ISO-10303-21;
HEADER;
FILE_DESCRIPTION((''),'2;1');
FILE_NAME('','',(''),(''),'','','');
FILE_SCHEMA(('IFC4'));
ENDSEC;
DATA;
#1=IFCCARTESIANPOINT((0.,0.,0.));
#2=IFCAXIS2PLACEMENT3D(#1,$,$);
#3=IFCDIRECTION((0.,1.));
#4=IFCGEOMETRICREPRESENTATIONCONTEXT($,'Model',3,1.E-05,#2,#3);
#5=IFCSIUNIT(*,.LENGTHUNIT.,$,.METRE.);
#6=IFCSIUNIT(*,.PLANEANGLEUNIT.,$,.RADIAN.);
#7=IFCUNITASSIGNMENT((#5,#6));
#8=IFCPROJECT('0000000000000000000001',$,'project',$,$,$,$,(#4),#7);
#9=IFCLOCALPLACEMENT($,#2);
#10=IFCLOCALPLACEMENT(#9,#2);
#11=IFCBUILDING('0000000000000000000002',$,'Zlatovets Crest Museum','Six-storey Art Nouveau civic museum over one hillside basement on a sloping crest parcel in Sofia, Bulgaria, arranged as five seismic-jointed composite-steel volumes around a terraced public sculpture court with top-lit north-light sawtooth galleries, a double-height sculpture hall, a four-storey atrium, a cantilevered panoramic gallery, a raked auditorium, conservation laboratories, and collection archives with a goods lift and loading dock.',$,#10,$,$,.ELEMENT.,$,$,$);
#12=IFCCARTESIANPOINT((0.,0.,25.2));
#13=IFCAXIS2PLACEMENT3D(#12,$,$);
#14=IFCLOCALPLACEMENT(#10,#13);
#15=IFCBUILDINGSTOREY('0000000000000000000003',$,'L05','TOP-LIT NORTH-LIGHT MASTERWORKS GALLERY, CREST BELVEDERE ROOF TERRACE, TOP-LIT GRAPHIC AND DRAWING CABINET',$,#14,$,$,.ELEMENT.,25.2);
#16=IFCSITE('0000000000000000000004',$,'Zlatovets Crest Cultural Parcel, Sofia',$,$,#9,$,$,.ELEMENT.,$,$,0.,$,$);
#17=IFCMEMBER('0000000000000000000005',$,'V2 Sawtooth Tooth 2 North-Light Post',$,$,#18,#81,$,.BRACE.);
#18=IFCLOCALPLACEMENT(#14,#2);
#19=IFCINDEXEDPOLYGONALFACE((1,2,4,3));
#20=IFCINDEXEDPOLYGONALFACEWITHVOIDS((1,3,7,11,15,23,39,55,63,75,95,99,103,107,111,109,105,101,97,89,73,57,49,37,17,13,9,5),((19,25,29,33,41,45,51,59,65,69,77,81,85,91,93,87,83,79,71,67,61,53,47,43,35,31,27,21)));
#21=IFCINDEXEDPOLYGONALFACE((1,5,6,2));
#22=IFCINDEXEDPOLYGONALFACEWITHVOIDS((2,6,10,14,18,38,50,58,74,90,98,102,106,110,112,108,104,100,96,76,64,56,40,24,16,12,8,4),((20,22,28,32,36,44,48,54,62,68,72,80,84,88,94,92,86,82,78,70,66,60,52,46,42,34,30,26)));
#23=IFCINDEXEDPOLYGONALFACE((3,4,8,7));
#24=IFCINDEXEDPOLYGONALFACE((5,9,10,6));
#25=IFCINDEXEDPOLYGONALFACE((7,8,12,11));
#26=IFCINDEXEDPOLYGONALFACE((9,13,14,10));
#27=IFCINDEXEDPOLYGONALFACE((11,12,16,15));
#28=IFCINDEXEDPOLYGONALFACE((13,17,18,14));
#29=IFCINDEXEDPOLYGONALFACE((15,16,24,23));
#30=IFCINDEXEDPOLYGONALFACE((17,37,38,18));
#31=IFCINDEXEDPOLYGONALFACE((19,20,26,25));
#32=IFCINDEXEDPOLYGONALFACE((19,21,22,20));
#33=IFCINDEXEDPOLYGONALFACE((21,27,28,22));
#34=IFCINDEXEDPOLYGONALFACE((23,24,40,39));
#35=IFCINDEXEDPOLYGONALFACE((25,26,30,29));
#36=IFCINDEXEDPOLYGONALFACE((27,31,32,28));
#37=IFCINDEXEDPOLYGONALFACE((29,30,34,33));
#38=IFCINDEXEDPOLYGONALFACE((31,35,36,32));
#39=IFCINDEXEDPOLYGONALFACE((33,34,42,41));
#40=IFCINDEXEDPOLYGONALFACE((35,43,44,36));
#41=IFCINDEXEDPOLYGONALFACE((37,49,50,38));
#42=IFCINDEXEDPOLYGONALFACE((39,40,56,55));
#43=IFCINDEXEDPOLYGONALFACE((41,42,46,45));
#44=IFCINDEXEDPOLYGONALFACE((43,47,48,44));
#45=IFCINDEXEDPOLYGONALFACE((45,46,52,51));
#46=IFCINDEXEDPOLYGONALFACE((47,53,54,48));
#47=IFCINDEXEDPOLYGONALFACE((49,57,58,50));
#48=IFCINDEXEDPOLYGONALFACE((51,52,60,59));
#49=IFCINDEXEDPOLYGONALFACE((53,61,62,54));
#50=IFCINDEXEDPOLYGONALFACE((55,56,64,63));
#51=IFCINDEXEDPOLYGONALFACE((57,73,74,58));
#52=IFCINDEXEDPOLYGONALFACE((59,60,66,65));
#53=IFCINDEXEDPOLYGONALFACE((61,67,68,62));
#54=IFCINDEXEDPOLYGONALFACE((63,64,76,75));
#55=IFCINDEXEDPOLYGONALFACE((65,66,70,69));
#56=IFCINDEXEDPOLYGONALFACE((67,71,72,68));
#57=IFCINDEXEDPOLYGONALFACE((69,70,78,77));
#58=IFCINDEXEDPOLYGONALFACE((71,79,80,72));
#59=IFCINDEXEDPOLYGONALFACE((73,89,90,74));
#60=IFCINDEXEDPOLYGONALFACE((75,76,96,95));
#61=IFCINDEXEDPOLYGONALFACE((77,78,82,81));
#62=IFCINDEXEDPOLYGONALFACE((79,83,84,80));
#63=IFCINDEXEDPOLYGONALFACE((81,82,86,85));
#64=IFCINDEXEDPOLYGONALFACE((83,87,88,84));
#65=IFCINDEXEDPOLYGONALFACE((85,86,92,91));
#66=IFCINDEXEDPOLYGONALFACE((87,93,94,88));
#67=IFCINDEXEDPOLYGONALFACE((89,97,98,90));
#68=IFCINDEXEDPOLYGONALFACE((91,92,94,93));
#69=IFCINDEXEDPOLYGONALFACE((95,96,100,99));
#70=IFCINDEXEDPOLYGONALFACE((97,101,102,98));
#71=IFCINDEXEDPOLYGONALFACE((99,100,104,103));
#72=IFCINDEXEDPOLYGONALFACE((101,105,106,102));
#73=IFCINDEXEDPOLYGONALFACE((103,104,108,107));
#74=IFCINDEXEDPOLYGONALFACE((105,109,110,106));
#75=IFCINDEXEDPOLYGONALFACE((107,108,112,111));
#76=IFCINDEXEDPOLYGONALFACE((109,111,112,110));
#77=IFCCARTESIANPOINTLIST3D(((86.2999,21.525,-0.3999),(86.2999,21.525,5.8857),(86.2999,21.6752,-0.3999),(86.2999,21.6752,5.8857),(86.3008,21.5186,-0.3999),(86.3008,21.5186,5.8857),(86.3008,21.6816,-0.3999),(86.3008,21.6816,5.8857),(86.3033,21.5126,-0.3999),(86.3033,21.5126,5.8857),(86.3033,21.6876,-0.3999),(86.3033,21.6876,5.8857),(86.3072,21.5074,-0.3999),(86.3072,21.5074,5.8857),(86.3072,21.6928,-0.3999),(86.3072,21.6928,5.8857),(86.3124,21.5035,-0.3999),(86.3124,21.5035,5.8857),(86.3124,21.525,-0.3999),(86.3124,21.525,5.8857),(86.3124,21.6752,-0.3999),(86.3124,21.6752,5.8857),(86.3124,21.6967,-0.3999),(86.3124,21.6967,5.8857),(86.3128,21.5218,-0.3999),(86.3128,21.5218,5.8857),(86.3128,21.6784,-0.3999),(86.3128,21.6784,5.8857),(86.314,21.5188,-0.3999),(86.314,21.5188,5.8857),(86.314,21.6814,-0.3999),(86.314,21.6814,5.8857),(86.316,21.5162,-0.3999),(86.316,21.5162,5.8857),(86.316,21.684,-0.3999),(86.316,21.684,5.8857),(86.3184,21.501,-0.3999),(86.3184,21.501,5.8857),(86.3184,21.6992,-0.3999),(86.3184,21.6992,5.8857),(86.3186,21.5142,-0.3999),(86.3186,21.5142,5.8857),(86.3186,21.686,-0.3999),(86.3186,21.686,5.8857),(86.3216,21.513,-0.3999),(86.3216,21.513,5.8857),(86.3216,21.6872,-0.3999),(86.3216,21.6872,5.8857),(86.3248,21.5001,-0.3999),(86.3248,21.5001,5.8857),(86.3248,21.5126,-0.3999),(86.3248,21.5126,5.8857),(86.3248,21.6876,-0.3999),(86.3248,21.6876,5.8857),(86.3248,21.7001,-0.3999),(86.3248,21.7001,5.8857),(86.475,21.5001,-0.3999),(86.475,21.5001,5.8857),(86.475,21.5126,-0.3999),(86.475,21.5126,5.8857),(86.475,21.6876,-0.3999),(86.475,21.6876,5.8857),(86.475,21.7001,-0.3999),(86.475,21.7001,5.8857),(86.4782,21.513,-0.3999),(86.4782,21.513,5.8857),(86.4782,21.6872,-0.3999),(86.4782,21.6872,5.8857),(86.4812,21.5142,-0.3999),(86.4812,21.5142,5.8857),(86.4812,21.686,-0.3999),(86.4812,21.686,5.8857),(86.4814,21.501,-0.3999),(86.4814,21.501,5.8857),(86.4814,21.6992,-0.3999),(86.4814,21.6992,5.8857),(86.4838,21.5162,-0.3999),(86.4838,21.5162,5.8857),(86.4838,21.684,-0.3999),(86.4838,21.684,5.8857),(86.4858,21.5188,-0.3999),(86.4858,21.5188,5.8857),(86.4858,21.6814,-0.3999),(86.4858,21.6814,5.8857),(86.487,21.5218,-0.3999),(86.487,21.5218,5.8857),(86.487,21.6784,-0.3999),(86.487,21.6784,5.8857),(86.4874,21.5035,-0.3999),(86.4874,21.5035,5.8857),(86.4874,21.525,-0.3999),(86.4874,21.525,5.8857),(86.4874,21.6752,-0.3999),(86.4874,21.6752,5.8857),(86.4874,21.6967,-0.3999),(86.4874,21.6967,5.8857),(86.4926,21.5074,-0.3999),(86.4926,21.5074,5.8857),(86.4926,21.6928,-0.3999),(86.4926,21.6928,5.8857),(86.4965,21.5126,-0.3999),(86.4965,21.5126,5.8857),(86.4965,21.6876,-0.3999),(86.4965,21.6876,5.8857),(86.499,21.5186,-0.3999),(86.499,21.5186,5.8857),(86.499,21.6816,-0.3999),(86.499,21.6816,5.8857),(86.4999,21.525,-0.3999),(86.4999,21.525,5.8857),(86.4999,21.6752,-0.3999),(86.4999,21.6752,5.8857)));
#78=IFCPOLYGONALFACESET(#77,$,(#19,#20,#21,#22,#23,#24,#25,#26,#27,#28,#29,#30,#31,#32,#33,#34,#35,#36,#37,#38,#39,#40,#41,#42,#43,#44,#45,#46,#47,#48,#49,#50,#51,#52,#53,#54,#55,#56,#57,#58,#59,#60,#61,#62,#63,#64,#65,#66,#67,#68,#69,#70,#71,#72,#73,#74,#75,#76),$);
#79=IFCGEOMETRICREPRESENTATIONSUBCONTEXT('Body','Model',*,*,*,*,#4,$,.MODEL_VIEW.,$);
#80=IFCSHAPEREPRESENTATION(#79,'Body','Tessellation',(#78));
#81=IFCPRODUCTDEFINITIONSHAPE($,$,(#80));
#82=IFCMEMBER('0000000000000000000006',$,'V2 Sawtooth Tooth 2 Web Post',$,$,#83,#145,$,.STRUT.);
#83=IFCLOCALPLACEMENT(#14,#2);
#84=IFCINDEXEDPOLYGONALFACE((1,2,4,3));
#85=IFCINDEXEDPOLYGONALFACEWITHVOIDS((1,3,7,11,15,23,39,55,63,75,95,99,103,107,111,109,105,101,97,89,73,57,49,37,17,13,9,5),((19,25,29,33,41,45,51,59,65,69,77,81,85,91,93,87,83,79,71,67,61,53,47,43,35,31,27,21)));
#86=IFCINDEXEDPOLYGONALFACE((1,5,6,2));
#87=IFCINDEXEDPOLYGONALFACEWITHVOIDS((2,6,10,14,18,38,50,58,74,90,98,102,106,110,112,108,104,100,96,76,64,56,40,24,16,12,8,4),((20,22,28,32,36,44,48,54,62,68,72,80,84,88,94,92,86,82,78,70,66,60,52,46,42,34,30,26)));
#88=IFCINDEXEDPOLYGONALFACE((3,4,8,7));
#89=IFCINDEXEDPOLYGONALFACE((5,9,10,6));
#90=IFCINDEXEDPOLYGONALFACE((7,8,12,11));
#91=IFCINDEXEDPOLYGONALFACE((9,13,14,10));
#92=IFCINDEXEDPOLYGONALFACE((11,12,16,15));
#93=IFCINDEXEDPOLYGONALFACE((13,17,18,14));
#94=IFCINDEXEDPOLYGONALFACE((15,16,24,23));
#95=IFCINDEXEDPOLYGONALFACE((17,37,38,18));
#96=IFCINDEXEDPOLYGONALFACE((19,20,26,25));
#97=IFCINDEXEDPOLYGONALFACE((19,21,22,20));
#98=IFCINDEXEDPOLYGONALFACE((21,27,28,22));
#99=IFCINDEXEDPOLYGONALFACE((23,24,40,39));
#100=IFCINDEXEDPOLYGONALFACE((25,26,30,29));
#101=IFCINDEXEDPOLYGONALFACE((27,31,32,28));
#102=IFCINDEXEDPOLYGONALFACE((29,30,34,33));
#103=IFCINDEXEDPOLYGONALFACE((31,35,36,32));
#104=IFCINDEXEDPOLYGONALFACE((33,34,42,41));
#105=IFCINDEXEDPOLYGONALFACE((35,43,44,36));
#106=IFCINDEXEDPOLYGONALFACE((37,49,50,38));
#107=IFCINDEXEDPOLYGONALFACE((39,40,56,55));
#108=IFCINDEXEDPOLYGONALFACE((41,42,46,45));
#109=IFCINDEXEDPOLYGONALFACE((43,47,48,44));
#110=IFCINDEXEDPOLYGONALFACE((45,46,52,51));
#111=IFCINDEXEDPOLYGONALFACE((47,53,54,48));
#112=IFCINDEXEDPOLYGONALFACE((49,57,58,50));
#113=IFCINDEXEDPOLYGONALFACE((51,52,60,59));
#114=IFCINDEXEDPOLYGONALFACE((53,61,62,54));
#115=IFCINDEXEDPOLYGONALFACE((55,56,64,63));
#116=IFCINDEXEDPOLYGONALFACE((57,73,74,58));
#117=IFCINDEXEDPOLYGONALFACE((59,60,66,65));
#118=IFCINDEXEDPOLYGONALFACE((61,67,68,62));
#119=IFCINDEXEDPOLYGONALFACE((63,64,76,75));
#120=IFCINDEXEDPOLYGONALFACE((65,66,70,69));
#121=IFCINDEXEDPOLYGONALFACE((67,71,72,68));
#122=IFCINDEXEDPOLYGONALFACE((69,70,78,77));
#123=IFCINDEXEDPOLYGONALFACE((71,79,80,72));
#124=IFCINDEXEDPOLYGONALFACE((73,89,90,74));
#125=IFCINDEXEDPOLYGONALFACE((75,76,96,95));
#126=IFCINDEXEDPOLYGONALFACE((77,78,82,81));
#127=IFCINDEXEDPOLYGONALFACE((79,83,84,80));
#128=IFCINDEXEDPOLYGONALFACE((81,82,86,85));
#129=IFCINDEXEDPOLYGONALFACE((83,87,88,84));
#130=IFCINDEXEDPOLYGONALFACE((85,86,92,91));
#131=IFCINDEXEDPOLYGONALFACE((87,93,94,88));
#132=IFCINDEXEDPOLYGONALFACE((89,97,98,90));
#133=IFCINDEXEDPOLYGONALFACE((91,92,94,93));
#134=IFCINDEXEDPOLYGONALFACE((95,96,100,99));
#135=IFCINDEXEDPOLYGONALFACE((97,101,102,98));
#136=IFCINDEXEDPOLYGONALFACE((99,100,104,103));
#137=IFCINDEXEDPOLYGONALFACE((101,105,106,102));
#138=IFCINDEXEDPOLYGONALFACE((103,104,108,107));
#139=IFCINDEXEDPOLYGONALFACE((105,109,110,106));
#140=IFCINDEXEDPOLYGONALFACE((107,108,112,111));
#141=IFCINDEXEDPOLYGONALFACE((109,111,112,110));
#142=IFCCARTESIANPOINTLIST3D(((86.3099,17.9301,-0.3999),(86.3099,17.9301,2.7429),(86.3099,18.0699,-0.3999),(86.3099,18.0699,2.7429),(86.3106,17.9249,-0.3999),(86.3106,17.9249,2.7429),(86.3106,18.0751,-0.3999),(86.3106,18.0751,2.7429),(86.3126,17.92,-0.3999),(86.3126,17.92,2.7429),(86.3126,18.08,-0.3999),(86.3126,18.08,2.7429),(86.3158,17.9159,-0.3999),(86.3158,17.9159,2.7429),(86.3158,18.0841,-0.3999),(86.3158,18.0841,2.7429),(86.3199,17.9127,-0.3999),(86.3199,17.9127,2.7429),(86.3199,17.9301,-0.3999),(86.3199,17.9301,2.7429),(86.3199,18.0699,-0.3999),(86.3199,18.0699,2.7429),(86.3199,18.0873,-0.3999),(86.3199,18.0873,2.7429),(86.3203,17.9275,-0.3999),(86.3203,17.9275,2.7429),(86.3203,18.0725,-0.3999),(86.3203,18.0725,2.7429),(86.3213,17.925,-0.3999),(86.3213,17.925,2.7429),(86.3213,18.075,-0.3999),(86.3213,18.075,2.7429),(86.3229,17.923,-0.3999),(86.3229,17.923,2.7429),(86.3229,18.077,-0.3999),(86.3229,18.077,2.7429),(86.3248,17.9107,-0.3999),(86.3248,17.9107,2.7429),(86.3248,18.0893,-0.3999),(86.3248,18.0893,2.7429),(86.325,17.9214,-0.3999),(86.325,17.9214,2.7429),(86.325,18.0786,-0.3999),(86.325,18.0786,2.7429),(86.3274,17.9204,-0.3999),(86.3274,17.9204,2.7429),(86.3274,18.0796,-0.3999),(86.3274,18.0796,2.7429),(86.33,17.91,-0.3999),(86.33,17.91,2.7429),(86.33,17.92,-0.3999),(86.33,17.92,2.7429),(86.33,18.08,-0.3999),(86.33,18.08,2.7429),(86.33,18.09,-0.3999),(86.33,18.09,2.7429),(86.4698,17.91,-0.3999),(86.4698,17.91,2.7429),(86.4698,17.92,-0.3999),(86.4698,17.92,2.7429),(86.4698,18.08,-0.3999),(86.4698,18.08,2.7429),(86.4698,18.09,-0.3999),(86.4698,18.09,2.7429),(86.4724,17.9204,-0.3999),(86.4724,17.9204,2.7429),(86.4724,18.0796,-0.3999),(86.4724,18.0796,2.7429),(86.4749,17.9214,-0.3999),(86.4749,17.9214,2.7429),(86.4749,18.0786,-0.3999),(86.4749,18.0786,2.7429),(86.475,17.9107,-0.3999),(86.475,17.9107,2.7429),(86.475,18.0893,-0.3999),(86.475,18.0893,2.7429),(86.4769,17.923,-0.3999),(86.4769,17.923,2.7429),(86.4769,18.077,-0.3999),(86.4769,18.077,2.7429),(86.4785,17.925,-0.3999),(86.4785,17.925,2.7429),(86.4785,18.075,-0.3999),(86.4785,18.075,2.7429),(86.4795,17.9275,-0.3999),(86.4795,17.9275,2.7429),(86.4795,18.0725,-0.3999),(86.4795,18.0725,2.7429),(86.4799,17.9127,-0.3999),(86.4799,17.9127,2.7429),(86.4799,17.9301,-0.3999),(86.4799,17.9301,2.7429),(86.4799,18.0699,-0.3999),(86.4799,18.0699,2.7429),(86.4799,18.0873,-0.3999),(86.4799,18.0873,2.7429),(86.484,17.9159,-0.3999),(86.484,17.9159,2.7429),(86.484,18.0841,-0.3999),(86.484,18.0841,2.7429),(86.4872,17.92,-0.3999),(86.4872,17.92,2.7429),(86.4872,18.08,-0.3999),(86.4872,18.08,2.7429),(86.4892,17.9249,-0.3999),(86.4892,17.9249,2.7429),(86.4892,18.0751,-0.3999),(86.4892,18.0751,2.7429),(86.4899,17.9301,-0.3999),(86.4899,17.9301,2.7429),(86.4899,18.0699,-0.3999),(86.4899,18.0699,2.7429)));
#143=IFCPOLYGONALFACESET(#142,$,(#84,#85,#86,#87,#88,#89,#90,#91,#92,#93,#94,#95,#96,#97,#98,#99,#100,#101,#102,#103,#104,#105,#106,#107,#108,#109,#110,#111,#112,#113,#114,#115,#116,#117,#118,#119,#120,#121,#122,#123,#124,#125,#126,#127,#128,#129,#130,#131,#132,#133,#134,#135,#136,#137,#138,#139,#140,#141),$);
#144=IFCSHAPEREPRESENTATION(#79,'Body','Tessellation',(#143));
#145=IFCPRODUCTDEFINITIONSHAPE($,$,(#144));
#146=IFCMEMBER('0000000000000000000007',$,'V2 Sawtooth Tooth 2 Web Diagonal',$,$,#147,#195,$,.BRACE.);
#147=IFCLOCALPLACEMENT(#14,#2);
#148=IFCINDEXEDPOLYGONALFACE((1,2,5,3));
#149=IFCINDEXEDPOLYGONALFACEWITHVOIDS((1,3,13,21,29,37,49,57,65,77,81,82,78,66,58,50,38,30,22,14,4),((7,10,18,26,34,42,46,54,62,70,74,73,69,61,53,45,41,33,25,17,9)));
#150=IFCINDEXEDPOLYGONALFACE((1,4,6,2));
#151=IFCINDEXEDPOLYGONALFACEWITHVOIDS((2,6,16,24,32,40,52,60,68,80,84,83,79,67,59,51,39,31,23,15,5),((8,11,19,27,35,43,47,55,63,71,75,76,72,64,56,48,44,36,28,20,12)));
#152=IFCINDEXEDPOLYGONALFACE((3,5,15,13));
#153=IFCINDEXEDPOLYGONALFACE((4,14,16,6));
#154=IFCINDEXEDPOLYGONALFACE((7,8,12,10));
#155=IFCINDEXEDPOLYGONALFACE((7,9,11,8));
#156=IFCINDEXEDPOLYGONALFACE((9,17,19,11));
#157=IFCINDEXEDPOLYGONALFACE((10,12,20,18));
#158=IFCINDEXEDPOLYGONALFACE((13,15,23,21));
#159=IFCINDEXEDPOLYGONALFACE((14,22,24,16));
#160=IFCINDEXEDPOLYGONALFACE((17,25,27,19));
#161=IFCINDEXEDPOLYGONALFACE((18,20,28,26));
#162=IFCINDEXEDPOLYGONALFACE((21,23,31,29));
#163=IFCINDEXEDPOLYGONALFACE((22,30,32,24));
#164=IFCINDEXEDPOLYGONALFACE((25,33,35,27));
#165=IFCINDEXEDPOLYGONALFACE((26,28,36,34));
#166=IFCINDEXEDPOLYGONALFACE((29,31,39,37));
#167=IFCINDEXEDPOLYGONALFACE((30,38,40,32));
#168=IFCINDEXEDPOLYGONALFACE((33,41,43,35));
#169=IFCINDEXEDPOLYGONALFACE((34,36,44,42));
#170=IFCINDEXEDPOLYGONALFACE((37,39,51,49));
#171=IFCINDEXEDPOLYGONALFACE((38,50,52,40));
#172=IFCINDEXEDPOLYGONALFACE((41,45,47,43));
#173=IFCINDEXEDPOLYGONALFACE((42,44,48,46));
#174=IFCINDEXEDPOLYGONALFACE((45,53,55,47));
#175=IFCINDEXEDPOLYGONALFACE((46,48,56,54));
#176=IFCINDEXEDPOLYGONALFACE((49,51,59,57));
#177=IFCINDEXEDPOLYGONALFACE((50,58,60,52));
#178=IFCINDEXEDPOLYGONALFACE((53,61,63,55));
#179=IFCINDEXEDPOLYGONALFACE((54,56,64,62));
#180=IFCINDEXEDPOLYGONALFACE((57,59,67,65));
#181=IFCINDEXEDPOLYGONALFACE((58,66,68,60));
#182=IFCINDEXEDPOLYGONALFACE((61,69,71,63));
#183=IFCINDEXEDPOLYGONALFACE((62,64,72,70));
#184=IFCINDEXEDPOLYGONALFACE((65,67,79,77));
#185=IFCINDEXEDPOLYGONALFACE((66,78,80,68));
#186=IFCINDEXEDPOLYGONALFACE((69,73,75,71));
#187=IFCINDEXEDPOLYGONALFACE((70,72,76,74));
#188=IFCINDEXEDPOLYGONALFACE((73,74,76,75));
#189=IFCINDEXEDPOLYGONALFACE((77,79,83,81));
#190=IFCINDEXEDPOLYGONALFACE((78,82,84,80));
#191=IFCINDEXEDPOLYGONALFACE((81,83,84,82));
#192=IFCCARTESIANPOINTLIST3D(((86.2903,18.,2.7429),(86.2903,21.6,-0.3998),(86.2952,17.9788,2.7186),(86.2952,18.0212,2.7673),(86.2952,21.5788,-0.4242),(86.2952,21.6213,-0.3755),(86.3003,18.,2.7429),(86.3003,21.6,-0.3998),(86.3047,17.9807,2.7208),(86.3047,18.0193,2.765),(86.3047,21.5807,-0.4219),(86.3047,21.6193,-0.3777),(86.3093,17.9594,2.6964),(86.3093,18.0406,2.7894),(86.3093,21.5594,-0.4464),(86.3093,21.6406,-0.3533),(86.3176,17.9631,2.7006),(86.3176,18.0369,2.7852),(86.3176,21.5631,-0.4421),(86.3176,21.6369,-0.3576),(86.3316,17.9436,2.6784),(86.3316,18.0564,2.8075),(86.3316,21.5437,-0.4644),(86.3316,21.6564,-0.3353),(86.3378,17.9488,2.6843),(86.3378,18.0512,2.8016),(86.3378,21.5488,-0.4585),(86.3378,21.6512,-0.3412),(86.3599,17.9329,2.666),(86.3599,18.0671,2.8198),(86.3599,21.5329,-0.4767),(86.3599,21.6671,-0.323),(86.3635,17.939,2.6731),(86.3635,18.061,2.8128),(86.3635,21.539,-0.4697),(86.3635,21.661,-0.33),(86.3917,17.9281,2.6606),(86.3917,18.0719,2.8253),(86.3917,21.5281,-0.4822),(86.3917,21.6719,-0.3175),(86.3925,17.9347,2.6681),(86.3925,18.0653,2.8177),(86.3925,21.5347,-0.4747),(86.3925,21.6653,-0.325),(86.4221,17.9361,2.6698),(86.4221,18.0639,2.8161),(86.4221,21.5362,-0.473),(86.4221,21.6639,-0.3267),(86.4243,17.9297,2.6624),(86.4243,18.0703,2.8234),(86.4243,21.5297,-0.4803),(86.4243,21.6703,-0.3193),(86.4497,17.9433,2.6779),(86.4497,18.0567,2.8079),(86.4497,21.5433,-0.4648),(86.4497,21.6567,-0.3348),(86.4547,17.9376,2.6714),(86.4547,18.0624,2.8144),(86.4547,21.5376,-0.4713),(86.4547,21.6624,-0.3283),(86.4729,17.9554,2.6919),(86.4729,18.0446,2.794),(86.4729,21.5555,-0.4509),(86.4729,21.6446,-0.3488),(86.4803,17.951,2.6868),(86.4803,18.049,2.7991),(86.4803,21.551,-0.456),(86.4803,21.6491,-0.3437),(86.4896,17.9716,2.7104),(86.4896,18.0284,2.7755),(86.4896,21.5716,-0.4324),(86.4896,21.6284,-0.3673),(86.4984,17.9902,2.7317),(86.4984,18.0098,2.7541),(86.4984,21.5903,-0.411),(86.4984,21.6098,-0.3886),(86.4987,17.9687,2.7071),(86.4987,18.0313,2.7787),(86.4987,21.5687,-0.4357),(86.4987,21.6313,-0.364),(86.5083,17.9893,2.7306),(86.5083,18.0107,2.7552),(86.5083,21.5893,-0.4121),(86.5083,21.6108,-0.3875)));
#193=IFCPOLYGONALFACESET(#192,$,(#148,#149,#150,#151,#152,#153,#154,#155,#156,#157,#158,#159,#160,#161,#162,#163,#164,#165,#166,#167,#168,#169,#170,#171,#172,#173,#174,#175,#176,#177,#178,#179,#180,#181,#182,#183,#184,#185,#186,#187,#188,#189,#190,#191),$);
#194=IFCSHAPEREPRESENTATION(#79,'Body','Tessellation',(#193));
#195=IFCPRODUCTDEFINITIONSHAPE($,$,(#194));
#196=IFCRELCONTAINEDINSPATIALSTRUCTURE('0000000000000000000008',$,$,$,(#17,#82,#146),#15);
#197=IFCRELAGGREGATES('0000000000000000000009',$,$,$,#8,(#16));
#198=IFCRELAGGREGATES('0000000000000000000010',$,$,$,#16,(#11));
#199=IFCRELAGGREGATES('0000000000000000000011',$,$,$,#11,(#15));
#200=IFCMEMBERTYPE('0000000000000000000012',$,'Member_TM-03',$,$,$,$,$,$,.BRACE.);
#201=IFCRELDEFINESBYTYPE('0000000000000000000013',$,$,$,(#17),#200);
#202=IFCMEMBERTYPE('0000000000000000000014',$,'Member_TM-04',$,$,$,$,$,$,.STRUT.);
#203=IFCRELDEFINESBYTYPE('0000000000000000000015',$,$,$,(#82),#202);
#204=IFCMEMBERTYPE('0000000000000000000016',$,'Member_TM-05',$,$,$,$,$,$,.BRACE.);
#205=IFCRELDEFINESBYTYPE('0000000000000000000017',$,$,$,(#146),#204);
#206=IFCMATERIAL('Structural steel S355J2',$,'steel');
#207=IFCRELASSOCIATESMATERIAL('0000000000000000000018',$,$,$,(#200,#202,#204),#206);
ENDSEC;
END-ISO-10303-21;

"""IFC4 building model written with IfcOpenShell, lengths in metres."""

from ifc_helpers import new_model, si_unit, direction, frame, origin, origin_2d, place, context, subcontext, project, spatial, hollow_rectangle, hollow_circle, extrude, material, material_profile, profile_set, type_object, element, save


model = new_model("IFC4")

# Units and contexts
model_context = context("Model", 3, precision=1e-05, world=origin(), true_north=direction((0.0, 1.0)))
body_context = subcontext(model_context, "Body", "Model", "MODEL_VIEW")
ifc_project = project(units=[si_unit("LENGTHUNIT", "METRE"), si_unit("PLANEANGLEUNIT", "RADIAN")], contexts=[model_context])

# Site, building, storey
site_placement = place(None, origin())
site = spatial("IfcSite", under=ifc_project, at=site_placement, Name="Zlatovets Crest Cultural Parcel, Sofia", CompositionType="ELEMENT", RefElevation=0.0)
building_placement = place(site_placement, origin())
building = spatial("IfcBuilding", under=site, at=building_placement, Name="Zlatovets Crest Museum", Description="Six-storey Art Nouveau civic museum over one hillside basement on a sloping crest parcel in Sofia, Bulgaria, arranged as five seismic-jointed composite-steel volumes around a terraced public sculpture court with top-lit north-light sawtooth galleries, a double-height sculpture hall, a four-storey atrium, a cantilevered panoramic gallery, a raked auditorium, conservation laboratories, and collection archives with a goods lift and loading dock.", CompositionType="ELEMENT")
storey_placement = place(building_placement, frame((0.0, 0.0, 25.2)))
storey = spatial("IfcBuildingStorey", under=building, at=storey_placement, Name="L05", Description="TOP-LIT NORTH-LIGHT MASTERWORKS GALLERY, CREST BELVEDERE ROOF TERRACE, TOP-LIT GRAPHIC AND DRAWING CABINET", CompositionType="ELEMENT", Elevation=25.2)

# Shared definitions
ifc_material_1 = material(Name="Structural steel S355J2", Category="steel")

# Members
ifc_material_profile_1 = material_profile(ifc_material_1, hollow_rectangle(XDim=0.2, YDim=0.2, WallThickness=0.0125, InnerFilletRadius=0.0125, OuterFilletRadius=0.0249, at=origin_2d()), Name="SHS 200x200x12.5")
ifc_profile_set_1 = profile_set([ifc_material_profile_1], Name="Structural steel S355J2")
member_type_1 = type_object("IfcMemberType", Name="Member_TM-03", PredefinedType="BRACE", material=ifc_profile_set_1)
member_1_placement = place(storey_placement, frame((86.3999, 21.6001, -0.3999), z_axis=(0.0, 0.0, 1.0), x_axis=(1.0, 0.0, 0.0)))
element("IfcMember", 1, at=member_1_placement, inside=storey, type_object=member_type_1, Name="V2 Sawtooth Tooth 2 North-Light Post", PredefinedType="BRACE", context=body_context, shape_type="SweptSolid", body=[
    extrude(hollow_rectangle(XDim=0.2, YDim=0.2, WallThickness=0.0125, InnerFilletRadius=0.0125, OuterFilletRadius=0.0249, at=origin_2d()), origin(), (0.0, 0.0, 1.0), 6.2856),
])
ifc_material_profile_2 = material_profile(ifc_material_1, hollow_rectangle(XDim=0.1799, YDim=0.1799, WallThickness=0.01, InnerFilletRadius=0.01, OuterFilletRadius=0.02, at=origin_2d()), Name="SHS 180x180x10.0")
ifc_profile_set_2 = profile_set([ifc_material_profile_2], Name="Structural steel S355J2")
member_type_2 = type_object("IfcMemberType", Name="Member_TM-04", PredefinedType="STRUT", material=ifc_profile_set_2)
member_2_placement = place(storey_placement, frame((86.3999, 18.0, -0.3999), z_axis=(0.0, 0.0, 1.0), x_axis=(1.0, 0.0, 0.0)))
element("IfcMember", 2, at=member_2_placement, inside=storey, type_object=member_type_2, Name="V2 Sawtooth Tooth 2 Web Post", PredefinedType="STRUT", context=body_context, shape_type="SweptSolid", body=[
    extrude(hollow_rectangle(XDim=0.1799, YDim=0.1799, WallThickness=0.01, InnerFilletRadius=0.01, OuterFilletRadius=0.02, at=origin_2d()), origin(), (0.0, 0.0, 1.0), 3.1428),
])
ifc_material_profile_3 = material_profile(ifc_material_1, hollow_circle(Radius=0.1096, WallThickness=0.01, at=origin_2d()), Name="CHS 219.1x10.0")
ifc_profile_set_3 = profile_set([ifc_material_profile_3], Name="Structural steel S355J2")
member_type_3 = type_object("IfcMemberType", Name="Member_TM-05", PredefinedType="BRACE", material=ifc_profile_set_3)
member_3_placement = place(storey_placement, frame((86.3999, 18.0, 2.7429), z_axis=(0.0, 0.753329, -0.657643), x_axis=(-1.0, 0.0, 0.0)))
element("IfcMember", 3, at=member_3_placement, inside=storey, type_object=member_type_3, Name="V2 Sawtooth Tooth 2 Web Diagonal", PredefinedType="BRACE", context=body_context, shape_type="SweptSolid", body=[
    extrude(hollow_circle(Radius=0.1096, WallThickness=0.01, at=origin_2d()), origin(), (0.0, 0.0, 1.0), 4.7788),
])

save(model, "model.ifc")
